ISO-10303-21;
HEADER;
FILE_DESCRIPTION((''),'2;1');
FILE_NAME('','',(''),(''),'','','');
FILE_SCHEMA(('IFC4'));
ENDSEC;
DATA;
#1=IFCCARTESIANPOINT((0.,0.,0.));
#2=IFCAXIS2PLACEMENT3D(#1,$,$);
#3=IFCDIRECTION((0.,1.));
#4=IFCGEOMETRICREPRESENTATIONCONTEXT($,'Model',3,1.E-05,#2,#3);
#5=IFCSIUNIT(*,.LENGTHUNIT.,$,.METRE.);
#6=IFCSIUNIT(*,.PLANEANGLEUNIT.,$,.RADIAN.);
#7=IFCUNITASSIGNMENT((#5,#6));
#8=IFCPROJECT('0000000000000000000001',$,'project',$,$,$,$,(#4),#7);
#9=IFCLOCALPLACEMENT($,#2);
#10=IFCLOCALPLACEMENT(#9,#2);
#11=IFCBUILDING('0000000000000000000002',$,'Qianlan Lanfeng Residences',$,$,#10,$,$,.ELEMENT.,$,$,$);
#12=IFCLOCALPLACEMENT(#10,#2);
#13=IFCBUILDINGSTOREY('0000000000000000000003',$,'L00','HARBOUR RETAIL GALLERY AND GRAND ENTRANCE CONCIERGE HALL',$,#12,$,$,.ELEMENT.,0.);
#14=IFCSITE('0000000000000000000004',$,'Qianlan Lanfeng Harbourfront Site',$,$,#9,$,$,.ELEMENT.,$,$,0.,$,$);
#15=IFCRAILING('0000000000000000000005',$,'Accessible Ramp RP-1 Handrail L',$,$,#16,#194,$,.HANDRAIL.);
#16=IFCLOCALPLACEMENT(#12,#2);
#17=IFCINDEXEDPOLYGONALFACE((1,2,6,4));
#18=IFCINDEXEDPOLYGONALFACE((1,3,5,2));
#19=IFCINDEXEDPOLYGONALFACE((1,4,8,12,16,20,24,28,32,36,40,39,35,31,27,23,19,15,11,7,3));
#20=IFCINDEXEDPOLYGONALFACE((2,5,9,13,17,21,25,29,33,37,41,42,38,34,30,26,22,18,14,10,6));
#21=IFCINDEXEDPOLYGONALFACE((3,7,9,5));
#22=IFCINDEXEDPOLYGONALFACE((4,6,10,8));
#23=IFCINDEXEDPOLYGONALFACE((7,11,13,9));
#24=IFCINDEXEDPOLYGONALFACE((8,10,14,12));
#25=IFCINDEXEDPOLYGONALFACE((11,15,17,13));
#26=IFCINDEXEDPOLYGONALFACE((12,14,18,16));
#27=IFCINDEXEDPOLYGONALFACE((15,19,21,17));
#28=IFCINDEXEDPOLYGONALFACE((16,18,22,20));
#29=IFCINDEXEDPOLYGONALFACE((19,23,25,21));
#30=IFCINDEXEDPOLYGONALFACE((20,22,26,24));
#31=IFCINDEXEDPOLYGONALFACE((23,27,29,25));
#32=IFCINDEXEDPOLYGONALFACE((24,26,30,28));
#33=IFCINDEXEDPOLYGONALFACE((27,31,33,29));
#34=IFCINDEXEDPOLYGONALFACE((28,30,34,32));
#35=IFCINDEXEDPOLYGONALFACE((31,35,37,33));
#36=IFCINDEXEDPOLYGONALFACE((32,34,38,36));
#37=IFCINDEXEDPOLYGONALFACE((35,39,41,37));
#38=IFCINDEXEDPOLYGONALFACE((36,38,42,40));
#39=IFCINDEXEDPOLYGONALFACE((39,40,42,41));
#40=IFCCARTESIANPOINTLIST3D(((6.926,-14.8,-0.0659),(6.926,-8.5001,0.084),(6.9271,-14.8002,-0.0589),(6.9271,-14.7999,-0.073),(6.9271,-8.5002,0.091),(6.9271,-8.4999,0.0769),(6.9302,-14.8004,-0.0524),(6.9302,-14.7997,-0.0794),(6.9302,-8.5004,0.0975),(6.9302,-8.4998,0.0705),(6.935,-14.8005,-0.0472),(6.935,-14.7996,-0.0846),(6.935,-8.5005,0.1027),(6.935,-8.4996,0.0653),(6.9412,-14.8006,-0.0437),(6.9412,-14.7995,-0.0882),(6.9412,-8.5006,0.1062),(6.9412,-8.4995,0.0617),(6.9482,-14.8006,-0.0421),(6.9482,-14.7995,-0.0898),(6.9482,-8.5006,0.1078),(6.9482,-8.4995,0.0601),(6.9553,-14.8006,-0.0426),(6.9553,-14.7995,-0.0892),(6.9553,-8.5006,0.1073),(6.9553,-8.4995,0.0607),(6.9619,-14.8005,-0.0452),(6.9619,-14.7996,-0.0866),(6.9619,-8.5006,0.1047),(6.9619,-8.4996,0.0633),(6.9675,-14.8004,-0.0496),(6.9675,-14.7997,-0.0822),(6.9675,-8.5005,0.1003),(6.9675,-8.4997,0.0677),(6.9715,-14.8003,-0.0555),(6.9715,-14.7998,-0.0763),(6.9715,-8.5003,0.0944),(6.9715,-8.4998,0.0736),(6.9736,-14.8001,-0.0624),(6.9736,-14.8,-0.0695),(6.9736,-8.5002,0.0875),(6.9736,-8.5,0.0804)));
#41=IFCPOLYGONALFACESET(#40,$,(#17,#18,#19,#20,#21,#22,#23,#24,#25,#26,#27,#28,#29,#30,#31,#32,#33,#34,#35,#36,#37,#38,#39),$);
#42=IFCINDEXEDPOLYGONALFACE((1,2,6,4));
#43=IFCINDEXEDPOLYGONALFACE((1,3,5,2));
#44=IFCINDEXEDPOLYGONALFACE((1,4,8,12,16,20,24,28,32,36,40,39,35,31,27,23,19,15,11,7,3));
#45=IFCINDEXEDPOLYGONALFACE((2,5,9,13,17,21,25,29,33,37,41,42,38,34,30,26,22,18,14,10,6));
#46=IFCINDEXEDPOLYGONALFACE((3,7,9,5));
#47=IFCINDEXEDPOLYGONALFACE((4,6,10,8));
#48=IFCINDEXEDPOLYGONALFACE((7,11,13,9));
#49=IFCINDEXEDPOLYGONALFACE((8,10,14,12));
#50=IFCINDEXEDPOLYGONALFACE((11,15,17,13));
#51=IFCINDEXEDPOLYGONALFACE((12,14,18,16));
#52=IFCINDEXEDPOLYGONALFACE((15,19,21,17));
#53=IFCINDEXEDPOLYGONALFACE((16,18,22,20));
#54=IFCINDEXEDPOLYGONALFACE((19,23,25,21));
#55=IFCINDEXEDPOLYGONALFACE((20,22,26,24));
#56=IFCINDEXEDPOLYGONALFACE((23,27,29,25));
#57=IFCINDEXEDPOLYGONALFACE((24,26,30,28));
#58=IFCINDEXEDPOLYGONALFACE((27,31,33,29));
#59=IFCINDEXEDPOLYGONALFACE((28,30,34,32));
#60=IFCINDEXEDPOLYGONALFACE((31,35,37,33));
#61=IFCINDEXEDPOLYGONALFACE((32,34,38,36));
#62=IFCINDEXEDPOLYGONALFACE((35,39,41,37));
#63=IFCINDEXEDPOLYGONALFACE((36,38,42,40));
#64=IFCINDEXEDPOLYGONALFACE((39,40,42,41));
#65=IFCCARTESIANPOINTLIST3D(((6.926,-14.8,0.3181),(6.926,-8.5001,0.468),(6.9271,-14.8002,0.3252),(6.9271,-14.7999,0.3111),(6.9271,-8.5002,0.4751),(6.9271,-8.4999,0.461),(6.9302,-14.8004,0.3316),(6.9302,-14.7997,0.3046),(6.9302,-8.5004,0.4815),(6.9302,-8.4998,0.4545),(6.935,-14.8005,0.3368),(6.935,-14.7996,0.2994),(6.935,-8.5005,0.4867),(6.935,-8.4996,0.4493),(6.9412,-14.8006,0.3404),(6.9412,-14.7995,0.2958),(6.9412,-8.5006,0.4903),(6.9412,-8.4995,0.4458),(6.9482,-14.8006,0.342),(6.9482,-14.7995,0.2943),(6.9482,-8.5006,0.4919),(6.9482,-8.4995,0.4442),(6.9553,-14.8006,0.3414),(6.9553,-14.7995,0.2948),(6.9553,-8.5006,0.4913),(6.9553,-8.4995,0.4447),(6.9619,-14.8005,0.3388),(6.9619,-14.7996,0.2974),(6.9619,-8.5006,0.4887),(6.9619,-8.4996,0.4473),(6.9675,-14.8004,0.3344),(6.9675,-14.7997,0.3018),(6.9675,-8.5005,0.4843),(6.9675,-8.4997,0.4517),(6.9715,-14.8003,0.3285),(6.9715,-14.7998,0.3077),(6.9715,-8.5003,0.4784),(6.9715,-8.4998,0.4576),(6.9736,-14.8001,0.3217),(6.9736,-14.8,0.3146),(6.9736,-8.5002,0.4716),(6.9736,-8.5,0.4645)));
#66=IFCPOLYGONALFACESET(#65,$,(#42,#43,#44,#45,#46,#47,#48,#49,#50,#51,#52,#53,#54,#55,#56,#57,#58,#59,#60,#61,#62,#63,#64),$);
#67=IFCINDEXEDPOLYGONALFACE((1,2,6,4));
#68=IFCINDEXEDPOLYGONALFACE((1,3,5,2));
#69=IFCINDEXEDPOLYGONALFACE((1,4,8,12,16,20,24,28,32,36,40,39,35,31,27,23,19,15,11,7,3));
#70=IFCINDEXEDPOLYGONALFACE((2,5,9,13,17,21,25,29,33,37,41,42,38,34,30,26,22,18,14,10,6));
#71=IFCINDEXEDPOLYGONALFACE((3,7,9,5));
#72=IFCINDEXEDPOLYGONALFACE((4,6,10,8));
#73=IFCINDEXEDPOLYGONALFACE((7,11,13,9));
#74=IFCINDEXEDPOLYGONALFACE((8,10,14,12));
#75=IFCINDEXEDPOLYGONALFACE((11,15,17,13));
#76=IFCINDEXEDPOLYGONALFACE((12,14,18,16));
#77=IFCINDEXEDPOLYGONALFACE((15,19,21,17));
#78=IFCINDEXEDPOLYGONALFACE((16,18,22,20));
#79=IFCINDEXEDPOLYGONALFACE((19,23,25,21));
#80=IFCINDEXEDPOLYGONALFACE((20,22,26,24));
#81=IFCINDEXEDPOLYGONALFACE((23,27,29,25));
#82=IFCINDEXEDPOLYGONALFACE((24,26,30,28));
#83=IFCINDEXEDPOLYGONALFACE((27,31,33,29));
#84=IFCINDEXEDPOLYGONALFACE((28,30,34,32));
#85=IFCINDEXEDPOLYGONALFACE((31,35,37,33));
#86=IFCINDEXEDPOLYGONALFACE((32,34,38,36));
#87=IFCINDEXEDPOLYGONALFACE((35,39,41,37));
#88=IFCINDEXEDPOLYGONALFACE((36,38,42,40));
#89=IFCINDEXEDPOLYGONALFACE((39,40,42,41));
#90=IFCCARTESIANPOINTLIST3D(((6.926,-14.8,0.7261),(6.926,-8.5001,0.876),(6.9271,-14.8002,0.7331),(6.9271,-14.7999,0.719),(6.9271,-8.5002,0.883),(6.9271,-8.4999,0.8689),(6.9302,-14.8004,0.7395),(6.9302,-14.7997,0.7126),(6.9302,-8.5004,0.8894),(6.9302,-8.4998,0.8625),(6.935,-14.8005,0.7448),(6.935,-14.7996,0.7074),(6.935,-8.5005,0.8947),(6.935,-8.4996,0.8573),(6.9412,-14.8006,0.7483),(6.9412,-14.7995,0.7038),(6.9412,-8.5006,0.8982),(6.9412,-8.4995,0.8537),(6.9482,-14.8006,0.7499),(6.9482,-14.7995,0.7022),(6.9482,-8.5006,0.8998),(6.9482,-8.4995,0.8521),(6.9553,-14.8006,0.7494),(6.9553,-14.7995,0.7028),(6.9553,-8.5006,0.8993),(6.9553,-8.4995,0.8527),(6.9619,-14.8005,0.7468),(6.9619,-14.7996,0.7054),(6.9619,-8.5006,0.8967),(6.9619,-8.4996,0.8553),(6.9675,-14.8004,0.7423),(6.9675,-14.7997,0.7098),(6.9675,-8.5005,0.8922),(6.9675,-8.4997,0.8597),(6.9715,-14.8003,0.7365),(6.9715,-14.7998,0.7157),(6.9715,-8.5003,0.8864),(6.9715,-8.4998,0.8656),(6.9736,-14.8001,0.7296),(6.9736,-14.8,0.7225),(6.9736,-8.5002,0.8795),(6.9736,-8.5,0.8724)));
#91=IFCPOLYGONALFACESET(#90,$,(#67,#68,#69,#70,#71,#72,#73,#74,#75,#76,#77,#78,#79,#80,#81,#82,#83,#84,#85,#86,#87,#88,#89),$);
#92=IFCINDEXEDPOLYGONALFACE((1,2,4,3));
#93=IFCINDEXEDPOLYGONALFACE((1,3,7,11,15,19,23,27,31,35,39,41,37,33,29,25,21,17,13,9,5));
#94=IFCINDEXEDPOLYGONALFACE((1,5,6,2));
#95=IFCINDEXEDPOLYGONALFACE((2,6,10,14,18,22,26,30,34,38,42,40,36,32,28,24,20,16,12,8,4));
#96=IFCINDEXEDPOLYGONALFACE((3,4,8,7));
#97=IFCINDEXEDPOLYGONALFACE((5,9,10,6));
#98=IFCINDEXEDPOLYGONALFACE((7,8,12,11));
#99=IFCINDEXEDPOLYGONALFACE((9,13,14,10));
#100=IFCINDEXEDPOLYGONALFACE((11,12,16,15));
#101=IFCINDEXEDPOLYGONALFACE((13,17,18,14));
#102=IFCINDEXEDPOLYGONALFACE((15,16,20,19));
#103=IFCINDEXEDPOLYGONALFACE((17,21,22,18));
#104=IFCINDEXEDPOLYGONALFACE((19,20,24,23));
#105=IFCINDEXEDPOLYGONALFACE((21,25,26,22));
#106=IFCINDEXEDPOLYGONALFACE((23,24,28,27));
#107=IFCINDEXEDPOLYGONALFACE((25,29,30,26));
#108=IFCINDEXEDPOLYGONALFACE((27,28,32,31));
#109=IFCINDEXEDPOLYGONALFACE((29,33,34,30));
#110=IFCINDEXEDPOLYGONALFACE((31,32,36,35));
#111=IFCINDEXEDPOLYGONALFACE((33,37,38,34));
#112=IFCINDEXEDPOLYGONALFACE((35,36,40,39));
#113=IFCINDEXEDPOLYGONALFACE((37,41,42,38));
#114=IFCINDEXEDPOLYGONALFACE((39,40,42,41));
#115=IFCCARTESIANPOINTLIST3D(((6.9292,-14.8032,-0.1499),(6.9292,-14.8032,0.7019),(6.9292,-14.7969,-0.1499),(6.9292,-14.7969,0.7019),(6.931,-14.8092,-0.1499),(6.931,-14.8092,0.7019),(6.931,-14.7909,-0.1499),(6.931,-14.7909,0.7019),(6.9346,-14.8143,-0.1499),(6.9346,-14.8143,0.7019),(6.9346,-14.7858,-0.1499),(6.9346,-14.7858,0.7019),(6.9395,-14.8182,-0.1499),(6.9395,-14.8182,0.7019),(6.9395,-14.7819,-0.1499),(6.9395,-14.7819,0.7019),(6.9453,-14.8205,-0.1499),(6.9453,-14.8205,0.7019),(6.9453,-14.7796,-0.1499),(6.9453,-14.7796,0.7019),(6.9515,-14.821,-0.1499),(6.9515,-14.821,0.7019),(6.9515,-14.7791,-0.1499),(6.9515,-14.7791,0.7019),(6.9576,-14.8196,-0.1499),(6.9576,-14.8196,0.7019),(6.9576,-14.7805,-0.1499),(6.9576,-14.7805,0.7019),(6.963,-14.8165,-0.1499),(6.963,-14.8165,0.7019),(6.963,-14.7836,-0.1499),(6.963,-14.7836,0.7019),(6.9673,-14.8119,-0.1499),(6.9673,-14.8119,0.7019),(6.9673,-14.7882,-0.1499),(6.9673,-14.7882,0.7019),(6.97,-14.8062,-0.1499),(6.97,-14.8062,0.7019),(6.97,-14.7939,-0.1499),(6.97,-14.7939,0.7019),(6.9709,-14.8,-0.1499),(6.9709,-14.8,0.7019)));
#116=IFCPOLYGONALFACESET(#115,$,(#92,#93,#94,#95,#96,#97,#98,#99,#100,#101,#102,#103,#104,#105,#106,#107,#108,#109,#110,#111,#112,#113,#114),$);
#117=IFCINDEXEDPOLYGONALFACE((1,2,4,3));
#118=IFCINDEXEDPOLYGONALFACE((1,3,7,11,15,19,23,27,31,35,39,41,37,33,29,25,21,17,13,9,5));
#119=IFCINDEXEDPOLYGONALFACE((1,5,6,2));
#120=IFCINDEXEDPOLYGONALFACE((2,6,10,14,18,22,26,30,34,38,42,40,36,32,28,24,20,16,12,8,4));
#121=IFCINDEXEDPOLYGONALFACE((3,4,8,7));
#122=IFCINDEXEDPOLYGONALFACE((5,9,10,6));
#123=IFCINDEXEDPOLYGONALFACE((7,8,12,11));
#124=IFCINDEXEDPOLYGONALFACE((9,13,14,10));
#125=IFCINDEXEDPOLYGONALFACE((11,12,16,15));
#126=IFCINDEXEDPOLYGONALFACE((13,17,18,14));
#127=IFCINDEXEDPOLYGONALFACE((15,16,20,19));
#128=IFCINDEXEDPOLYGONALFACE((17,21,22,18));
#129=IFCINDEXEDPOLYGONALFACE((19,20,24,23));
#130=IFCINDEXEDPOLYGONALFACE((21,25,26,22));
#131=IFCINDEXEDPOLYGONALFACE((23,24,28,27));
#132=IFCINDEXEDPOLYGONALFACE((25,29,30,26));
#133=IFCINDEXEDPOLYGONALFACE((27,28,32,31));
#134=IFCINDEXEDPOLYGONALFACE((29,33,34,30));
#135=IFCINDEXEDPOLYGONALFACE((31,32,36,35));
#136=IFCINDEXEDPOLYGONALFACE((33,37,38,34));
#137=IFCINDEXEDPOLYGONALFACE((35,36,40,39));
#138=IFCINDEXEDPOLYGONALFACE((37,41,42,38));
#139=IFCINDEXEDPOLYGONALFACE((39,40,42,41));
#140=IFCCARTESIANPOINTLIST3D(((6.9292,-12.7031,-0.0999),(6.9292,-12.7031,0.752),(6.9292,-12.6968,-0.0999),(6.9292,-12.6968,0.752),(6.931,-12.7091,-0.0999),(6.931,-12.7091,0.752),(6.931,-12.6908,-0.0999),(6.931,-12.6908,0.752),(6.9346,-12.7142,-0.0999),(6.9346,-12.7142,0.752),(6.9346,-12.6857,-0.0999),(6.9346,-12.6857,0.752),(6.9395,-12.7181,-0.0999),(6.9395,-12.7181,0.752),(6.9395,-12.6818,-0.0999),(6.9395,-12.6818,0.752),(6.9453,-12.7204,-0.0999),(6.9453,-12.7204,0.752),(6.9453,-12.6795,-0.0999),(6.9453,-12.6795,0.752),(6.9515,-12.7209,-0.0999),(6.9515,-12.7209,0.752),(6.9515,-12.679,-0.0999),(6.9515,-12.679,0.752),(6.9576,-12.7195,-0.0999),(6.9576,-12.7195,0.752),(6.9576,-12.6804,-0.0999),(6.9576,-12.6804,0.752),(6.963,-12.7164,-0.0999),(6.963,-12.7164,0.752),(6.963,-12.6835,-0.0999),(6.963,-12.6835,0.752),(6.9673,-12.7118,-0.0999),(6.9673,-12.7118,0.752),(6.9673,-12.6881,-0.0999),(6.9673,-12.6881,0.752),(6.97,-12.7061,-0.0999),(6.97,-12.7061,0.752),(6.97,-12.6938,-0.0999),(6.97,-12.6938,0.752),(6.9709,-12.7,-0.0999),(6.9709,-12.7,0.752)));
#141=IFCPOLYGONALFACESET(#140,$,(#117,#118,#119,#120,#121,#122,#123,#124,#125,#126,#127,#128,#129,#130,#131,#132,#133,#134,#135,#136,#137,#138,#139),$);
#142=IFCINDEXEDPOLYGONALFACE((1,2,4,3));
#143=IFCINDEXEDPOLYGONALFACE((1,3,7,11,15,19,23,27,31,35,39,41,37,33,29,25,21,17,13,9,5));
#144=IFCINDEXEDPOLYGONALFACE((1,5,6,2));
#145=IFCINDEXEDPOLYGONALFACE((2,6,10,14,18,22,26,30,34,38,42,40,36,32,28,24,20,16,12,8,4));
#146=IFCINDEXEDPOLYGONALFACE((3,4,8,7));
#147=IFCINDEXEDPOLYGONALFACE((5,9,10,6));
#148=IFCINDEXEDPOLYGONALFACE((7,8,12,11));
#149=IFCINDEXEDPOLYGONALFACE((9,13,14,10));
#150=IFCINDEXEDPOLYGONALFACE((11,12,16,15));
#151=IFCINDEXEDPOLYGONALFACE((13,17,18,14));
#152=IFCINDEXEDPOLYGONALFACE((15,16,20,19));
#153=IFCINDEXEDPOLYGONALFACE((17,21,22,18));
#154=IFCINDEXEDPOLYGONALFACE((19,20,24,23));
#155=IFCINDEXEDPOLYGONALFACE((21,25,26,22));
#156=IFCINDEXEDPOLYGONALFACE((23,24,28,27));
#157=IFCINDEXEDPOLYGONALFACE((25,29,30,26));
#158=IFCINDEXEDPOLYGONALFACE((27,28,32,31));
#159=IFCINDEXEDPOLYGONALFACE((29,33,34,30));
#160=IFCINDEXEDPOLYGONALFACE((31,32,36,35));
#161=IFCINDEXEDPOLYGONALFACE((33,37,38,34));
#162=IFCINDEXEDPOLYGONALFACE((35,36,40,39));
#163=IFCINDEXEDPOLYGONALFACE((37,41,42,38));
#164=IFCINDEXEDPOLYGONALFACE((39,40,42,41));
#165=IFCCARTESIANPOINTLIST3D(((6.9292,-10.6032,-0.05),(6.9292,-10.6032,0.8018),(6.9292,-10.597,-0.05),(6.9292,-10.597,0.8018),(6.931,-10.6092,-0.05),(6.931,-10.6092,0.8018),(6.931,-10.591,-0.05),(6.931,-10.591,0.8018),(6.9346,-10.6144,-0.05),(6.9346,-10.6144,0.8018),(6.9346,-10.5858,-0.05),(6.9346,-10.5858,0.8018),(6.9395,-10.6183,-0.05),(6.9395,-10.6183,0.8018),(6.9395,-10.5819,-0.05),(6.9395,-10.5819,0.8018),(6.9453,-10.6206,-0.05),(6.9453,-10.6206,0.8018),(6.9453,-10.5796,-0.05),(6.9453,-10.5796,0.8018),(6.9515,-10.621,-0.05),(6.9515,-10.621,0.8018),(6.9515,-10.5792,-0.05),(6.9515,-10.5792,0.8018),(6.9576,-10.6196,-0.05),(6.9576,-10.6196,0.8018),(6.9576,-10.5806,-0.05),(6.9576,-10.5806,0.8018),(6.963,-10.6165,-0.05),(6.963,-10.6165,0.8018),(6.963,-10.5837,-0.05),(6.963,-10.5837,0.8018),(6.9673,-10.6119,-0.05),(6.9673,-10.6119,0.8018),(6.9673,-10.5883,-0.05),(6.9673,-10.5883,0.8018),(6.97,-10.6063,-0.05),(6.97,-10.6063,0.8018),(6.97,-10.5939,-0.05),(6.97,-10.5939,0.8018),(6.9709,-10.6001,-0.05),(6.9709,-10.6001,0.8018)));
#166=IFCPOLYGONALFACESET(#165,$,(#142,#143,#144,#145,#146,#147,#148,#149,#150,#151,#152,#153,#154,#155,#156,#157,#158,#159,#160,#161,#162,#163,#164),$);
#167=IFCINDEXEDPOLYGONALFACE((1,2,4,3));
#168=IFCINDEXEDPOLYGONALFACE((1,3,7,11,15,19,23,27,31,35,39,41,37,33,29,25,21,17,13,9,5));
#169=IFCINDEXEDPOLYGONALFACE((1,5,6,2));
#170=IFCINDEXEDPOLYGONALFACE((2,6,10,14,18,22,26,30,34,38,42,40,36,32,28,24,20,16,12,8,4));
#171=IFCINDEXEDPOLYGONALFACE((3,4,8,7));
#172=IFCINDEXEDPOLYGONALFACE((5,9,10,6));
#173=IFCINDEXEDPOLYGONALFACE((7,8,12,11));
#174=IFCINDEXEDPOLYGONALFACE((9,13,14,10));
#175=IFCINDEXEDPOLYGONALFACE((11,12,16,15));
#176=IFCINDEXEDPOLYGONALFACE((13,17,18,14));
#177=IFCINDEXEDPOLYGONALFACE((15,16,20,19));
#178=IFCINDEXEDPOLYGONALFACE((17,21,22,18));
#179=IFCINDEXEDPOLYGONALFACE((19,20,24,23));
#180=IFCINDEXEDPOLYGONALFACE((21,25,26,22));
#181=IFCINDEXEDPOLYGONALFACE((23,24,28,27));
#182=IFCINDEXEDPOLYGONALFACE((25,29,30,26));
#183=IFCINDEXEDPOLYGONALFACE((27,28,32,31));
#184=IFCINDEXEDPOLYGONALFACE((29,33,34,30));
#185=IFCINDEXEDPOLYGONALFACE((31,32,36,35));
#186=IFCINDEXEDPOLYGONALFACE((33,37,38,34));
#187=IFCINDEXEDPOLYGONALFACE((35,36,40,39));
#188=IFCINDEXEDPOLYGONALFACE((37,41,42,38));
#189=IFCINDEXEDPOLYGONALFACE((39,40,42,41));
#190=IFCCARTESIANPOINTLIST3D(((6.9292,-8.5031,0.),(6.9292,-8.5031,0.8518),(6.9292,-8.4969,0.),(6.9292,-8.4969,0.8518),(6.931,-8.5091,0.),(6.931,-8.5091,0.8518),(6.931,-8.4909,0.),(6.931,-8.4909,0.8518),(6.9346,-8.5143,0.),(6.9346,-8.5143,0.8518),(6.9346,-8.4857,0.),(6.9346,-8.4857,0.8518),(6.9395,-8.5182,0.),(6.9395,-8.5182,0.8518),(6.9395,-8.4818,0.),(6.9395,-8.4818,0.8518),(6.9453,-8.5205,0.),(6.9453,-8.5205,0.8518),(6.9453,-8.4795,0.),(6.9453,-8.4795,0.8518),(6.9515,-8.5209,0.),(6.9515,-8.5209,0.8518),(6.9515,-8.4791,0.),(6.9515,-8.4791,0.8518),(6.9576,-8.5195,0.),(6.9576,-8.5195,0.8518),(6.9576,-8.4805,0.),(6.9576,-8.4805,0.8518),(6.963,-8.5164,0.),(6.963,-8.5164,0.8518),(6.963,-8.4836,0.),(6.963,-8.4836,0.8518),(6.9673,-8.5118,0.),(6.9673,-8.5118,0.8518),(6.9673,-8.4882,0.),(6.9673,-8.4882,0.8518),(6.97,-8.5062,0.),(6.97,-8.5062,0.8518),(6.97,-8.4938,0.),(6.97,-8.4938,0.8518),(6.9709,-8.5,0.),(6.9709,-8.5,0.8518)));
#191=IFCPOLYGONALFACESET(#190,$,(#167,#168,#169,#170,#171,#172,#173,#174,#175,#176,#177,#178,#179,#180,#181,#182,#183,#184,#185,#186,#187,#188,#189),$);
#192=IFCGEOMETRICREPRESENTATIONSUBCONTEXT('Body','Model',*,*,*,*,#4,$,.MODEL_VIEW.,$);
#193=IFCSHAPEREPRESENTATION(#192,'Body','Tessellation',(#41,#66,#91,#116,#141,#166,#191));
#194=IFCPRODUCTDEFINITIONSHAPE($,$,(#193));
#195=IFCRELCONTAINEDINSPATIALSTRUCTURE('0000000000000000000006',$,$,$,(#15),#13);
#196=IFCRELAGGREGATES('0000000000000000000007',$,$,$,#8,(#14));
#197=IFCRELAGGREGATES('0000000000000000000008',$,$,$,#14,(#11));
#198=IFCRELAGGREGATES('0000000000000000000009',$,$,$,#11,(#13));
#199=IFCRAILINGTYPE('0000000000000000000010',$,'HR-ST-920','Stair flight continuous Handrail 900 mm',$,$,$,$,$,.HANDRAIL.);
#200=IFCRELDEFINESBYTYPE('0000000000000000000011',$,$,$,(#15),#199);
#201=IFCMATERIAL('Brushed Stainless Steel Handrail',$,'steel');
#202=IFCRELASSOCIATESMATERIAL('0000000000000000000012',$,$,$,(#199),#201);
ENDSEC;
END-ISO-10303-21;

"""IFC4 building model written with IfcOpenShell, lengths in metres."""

from ifc_helpers import new_model, si_unit, direction, frame, origin, origin_2d, place, context, subcontext, project, spatial, circle, extrude, material, type_object, element, save


model = new_model("IFC4")

# Units and contexts
model_context = context("Model", 3, precision=1e-05, world=origin(), true_north=direction((0.0, 1.0)))
body_context = subcontext(model_context, "Body", "Model", "MODEL_VIEW")
ifc_project = project(units=[si_unit("LENGTHUNIT", "METRE"), si_unit("PLANEANGLEUNIT", "RADIAN")], contexts=[model_context])

# Site, building, storey
site_placement = place(None, origin())
site = spatial("IfcSite", under=ifc_project, at=site_placement, Name="Qianlan Lanfeng Harbourfront Site", CompositionType="ELEMENT", RefElevation=0.0)
building_placement = place(site_placement, origin())
building = spatial("IfcBuilding", under=site, at=building_placement, Name="Qianlan Lanfeng Residences", CompositionType="ELEMENT")
storey_placement = place(building_placement, origin())
storey = spatial("IfcBuildingStorey", under=building, at=storey_placement, Name="L00", Description="HARBOUR RETAIL GALLERY AND GRAND ENTRANCE CONCIERGE HALL", CompositionType="ELEMENT", Elevation=0.0)

# Railing
ifc_material_1 = material(Name="Brushed Stainless Steel Handrail", Category="steel")
railing_type = type_object("IfcRailingType", Name="HR-ST-920", Description="Stair flight continuous Handrail 900 mm", PredefinedType="HANDRAIL", material=ifc_material_1)
for number, where, name in (
    (1, (6.95, -14.8, -0.1499), "Accessible Ramp RP-1 Handrail L"),
):
    element("IfcRailing", number, at=place(storey_placement, frame(where)), inside=storey, type_object=railing_type, Name=name, PredefinedType="HANDRAIL", context=body_context, shape_type="SweptSolid", body=[
        extrude(circle(Radius=0.0239, at=origin_2d()), frame((0.0, 0.0, 0.084), z_axis=(0.0, 0.999717, 0.023787), x_axis=(-1.0, 0.0, 0.0)), (0.0, 0.0, 1.0), 6.3018),
        extrude(circle(Radius=0.0239, at=origin_2d()), frame((0.0, 0.0, 0.468), z_axis=(0.0, 0.999717, 0.023787), x_axis=(-1.0, 0.0, 0.0)), (0.0, 0.0, 1.0), 6.3018),
        extrude(circle(Radius=0.0239, at=origin_2d()), frame((0.0, 0.0, 0.876), z_axis=(0.0, 0.999717, 0.023787), x_axis=(-1.0, 0.0, 0.0)), (0.0, 0.0, 1.0), 6.3018),
        extrude(circle(Radius=0.021, at=origin_2d()), origin(), (0.0, 0.0, 1.0), 0.8518),
        extrude(circle(Radius=0.021, at=origin_2d()), frame((0.0, 2.1001, 0.05)), (0.0, 0.0, 1.0), 0.8518),
        extrude(circle(Radius=0.021, at=origin_2d()), frame((0.0, 4.2, 0.0999)), (0.0, 0.0, 1.0), 0.8518),
        extrude(circle(Radius=0.021, at=origin_2d()), frame((0.0, 6.3, 0.1499)), (0.0, 0.0, 1.0), 0.8518),
    ])

save(model, "model.ifc")
